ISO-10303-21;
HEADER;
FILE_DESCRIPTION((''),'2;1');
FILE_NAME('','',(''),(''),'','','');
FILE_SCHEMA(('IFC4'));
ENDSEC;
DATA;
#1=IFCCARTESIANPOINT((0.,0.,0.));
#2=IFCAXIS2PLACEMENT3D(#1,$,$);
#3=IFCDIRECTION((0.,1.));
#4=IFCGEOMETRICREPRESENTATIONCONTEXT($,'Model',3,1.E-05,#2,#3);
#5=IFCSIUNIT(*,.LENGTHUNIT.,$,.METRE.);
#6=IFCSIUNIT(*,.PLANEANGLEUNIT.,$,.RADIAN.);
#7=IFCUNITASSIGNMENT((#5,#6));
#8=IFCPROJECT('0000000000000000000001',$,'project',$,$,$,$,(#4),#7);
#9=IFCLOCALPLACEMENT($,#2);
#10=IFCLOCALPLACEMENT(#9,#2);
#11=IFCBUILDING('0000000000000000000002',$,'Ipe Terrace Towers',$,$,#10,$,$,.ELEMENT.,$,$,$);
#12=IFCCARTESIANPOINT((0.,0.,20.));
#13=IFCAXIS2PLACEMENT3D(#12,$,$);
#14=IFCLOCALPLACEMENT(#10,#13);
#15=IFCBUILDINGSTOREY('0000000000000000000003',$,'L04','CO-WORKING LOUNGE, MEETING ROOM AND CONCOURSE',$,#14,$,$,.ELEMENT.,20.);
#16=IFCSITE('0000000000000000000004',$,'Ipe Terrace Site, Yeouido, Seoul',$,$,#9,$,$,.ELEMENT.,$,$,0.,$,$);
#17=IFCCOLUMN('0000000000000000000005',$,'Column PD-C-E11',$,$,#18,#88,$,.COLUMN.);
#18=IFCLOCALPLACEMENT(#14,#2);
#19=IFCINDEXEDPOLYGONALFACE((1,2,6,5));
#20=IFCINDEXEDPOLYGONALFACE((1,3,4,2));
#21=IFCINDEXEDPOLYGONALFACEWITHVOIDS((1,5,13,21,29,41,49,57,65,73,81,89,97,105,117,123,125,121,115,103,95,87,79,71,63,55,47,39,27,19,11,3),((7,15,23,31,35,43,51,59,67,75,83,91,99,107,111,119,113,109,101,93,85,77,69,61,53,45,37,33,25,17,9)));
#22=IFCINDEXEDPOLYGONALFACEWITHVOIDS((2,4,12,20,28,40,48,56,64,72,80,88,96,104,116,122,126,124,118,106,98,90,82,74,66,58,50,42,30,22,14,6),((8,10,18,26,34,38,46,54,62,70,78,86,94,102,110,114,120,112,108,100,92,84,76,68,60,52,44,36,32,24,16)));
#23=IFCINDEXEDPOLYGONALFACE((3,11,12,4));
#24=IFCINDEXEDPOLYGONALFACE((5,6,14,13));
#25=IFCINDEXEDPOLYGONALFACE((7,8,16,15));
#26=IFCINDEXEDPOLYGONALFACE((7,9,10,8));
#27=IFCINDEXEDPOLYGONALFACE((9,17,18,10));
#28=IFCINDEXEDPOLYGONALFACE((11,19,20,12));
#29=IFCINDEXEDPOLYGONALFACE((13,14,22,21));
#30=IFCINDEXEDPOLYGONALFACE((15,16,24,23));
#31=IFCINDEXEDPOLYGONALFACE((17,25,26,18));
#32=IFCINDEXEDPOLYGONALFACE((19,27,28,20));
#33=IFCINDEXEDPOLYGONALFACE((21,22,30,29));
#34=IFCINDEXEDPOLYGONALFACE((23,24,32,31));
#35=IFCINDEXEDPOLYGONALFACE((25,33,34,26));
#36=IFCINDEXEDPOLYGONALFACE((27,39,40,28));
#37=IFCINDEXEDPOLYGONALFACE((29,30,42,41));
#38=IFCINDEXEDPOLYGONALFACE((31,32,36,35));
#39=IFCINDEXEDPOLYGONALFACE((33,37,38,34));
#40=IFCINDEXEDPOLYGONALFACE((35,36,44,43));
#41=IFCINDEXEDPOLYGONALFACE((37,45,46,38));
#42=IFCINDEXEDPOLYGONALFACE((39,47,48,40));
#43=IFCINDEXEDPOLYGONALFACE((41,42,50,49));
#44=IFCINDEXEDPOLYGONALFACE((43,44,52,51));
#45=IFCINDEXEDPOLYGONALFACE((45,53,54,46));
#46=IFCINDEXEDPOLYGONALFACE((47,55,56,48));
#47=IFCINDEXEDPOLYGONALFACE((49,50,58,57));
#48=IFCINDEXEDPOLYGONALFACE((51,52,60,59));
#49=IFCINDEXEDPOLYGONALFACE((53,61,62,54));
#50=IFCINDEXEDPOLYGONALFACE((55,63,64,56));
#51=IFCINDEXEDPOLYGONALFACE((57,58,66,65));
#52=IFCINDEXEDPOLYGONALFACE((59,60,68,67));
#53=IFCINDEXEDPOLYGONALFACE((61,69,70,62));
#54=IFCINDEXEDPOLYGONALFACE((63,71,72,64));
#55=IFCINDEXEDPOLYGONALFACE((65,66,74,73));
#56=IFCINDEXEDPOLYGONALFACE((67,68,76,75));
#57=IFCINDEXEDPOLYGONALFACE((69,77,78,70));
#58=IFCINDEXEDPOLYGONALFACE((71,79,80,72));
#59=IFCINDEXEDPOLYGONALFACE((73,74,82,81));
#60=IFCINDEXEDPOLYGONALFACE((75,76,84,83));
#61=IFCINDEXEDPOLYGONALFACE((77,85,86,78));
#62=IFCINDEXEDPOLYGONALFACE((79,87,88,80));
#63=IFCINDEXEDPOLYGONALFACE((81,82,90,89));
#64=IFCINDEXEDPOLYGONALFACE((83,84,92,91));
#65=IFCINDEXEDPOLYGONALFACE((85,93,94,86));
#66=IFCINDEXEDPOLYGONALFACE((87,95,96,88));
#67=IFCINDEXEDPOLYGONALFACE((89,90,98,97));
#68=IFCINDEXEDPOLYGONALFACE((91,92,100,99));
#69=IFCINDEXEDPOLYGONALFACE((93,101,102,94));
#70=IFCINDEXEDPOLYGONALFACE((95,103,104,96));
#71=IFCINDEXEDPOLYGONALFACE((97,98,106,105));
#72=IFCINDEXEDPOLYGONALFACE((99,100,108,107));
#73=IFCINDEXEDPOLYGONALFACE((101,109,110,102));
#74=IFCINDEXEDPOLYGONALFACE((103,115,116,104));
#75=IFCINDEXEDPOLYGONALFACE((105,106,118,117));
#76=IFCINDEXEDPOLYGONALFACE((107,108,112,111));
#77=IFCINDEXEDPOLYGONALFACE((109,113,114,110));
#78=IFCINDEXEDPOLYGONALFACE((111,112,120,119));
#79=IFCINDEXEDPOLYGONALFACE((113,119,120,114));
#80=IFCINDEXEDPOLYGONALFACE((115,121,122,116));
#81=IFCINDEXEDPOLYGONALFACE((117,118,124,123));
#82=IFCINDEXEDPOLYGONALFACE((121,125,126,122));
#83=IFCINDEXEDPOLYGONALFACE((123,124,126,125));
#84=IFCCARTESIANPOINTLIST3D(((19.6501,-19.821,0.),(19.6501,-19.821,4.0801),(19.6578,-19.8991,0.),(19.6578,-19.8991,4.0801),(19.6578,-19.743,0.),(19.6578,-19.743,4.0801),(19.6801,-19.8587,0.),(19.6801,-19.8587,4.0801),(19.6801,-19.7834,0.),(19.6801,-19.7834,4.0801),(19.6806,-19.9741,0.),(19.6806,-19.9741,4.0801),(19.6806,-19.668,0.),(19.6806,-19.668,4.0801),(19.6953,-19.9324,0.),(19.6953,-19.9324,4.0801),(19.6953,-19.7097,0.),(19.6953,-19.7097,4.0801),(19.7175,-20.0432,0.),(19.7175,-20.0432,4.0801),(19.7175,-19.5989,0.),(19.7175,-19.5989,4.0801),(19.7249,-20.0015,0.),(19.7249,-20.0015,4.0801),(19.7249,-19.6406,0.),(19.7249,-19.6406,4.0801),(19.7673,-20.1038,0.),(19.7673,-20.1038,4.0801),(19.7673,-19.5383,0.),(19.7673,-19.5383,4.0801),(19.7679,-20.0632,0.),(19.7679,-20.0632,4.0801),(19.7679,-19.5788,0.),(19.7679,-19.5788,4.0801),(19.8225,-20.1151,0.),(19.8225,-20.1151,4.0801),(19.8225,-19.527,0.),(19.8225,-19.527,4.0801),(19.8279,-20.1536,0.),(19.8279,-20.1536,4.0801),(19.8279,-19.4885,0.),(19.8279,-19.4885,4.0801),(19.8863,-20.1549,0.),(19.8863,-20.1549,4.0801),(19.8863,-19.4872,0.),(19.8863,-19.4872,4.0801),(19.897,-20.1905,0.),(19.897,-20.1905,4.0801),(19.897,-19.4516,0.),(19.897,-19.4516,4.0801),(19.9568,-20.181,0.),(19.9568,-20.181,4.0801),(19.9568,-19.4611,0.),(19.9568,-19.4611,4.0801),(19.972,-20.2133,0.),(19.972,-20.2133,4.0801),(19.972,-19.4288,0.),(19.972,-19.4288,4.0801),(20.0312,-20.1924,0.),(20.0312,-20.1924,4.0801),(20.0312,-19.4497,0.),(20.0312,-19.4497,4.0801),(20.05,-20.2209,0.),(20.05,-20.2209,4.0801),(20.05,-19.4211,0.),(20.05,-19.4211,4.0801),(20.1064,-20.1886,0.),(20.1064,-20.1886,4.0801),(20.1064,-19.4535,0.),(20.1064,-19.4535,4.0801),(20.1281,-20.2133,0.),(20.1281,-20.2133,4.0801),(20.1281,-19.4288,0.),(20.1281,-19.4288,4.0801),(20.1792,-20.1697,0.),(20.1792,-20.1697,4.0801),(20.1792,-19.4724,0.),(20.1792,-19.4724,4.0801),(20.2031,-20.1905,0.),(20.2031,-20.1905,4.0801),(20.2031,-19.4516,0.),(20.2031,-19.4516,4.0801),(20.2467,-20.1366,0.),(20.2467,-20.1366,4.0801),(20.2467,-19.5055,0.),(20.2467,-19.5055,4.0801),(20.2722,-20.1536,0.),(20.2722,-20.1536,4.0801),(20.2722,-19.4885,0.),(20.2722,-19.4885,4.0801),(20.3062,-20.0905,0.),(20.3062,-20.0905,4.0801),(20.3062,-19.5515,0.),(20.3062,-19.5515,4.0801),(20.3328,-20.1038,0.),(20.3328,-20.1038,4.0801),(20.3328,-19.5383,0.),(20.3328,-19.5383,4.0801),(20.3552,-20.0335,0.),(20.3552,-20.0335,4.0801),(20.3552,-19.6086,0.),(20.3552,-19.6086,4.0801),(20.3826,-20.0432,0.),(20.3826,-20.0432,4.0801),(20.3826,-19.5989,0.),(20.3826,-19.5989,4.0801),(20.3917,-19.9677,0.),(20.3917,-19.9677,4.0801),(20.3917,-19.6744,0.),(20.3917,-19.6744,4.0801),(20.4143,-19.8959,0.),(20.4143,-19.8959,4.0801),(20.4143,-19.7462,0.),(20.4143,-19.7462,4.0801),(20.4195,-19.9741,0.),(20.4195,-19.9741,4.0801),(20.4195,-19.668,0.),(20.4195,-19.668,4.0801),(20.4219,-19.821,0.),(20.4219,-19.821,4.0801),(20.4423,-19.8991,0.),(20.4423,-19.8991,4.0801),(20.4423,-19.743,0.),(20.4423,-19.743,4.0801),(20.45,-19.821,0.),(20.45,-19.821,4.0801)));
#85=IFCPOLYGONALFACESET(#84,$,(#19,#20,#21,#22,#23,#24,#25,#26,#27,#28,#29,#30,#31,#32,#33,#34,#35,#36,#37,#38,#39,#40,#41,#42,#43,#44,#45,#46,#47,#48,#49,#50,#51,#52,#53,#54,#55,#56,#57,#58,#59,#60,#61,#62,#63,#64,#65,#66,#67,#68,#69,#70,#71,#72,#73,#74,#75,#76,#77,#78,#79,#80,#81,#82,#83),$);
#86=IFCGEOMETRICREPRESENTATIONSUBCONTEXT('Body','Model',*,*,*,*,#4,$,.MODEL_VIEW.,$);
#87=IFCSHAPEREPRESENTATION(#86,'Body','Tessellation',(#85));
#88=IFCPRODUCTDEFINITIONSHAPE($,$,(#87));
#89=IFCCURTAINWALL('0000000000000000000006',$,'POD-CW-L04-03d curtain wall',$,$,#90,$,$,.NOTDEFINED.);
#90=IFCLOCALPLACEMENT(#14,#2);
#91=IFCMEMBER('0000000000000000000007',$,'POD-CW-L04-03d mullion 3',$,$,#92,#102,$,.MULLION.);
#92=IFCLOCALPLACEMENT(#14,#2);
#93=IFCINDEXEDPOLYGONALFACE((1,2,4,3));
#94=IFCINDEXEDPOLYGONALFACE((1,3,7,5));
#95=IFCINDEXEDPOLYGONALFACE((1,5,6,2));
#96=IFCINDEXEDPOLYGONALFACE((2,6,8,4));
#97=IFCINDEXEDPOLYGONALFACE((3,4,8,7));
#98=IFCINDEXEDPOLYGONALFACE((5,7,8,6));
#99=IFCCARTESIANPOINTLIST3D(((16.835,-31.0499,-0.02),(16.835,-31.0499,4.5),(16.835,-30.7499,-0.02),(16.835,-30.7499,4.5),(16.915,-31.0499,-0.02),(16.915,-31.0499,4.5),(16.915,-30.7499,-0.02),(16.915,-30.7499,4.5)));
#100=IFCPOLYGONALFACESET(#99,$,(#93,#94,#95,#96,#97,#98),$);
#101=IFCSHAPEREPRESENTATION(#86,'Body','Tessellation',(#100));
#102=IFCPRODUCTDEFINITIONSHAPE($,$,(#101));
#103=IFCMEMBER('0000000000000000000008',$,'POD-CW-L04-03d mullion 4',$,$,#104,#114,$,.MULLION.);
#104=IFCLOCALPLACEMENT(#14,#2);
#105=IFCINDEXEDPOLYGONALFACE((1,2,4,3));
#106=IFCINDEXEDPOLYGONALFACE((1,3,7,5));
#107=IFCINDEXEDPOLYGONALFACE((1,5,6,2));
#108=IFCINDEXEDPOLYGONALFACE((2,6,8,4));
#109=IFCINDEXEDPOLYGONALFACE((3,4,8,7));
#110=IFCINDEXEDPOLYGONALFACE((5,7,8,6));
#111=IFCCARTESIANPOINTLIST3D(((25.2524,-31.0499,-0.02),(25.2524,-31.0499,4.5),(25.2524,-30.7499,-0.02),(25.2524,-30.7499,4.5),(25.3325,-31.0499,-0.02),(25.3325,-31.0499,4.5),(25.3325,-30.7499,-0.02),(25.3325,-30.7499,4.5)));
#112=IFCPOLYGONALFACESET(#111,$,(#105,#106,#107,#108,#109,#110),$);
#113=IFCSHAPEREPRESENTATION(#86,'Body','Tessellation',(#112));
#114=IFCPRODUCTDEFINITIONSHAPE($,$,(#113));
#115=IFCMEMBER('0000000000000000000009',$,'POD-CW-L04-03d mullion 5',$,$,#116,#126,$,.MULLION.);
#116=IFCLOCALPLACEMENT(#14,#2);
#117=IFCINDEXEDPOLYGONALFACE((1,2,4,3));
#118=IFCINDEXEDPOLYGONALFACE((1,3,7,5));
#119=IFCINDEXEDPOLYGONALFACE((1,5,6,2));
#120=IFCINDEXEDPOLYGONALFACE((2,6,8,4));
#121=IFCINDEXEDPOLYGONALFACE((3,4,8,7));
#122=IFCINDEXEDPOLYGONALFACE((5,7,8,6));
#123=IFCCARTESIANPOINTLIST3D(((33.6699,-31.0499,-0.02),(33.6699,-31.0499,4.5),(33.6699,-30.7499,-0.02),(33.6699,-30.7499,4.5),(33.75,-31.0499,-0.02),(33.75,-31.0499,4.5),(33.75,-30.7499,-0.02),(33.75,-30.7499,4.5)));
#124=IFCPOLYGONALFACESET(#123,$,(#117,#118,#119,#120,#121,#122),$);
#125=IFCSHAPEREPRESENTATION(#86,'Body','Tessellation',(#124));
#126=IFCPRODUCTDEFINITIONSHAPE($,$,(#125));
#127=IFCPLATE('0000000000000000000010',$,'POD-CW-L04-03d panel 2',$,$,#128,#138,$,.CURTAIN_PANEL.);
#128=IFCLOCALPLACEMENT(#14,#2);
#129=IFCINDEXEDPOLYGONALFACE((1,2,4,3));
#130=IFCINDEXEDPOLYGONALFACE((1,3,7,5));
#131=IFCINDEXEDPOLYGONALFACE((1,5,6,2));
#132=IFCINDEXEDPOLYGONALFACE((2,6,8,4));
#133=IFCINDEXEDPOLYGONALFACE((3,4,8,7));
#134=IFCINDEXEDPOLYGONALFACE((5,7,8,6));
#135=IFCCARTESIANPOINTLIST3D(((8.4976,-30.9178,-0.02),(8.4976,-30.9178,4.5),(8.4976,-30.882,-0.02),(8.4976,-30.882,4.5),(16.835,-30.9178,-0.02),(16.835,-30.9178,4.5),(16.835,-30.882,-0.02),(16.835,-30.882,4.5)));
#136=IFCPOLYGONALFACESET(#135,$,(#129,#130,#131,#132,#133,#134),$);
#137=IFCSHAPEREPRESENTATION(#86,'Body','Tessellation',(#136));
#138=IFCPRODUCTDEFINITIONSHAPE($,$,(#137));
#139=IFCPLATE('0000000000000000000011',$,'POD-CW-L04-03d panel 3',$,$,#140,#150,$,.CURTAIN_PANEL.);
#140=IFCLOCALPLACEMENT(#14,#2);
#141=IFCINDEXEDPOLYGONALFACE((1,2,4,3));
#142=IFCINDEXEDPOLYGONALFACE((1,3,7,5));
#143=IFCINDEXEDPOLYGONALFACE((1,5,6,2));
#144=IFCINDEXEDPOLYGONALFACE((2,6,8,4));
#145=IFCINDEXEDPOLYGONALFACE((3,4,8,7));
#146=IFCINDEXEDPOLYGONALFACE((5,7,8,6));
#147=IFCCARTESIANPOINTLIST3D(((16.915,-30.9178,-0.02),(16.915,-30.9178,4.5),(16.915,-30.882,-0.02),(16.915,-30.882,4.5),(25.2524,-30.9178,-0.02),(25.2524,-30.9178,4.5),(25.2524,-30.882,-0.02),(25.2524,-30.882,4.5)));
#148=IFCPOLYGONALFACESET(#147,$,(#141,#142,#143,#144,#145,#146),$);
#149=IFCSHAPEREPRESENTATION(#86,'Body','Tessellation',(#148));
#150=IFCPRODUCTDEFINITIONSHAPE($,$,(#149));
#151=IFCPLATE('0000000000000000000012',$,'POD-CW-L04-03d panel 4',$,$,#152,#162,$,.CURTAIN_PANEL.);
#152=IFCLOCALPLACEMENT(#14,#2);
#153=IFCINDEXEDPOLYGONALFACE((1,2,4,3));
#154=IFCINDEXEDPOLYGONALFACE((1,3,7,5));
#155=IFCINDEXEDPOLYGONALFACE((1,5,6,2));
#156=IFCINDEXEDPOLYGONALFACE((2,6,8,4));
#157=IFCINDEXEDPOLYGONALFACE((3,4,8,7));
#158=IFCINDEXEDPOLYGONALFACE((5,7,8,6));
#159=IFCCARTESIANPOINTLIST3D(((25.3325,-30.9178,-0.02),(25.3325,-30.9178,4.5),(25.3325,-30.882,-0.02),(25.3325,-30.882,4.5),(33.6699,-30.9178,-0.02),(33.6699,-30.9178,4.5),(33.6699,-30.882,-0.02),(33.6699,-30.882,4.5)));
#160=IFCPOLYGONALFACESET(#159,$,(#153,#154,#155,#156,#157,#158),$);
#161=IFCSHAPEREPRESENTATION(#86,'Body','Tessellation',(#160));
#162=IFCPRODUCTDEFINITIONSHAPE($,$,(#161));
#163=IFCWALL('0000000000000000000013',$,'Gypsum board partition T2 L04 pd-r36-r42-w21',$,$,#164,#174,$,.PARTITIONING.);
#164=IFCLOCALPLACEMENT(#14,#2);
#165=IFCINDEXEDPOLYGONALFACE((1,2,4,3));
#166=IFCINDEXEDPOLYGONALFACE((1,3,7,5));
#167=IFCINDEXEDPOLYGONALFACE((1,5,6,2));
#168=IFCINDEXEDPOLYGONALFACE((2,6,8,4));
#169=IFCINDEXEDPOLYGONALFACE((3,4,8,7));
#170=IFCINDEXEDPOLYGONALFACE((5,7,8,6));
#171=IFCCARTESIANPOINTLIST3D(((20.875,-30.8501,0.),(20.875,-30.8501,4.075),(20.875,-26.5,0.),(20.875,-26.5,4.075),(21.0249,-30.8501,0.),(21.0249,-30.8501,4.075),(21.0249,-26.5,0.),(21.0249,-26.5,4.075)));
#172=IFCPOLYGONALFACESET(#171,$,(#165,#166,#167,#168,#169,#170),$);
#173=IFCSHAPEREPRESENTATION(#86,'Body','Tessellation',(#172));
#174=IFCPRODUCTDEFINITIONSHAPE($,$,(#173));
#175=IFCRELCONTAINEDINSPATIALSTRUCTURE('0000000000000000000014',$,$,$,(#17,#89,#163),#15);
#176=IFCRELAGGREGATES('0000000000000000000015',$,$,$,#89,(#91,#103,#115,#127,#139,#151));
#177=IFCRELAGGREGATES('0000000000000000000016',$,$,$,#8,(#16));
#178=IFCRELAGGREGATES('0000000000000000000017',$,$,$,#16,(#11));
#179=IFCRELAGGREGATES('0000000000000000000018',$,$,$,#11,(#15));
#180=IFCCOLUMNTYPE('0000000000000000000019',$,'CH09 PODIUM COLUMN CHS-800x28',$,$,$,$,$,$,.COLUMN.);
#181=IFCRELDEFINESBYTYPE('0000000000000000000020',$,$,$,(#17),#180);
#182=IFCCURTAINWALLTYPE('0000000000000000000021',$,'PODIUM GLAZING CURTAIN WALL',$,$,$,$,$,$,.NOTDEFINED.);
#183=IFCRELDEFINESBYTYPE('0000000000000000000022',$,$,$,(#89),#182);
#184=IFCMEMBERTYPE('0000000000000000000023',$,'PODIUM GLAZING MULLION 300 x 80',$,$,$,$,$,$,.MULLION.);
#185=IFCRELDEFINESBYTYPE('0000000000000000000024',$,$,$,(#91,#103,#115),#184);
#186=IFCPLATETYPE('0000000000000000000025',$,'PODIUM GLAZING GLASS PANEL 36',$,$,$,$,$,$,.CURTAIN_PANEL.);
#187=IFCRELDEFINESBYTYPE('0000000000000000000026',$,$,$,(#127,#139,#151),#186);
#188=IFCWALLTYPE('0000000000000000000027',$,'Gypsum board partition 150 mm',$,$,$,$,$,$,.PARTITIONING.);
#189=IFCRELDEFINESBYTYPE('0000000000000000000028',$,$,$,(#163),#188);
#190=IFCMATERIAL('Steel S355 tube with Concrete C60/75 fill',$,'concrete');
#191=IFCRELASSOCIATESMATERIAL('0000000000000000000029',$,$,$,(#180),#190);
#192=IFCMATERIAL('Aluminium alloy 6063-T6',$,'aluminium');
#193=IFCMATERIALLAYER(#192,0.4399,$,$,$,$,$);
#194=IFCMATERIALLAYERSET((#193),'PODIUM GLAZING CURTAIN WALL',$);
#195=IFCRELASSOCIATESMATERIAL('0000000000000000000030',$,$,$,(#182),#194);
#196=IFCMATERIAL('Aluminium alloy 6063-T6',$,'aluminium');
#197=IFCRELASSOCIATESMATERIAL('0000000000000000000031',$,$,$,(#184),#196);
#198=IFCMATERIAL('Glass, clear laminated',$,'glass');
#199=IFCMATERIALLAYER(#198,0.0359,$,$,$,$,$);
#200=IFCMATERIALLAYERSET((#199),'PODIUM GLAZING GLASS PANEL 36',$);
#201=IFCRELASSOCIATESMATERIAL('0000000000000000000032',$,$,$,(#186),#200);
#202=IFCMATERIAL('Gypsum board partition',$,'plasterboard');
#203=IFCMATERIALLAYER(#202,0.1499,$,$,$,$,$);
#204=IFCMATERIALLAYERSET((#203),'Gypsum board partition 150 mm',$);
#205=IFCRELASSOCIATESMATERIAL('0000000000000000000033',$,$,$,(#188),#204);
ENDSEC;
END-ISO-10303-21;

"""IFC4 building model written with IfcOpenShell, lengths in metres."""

from ifc_helpers import new_model, si_unit, direction, frame, frame_2d, origin, origin_2d, place, context, subcontext, project, spatial, rectangle, hollow_circle, extrude, material, layer, layer_set, material_profile, profile_set, type_object, element, aggregate, save


model = new_model("IFC4")

# Units and contexts
model_context = context("Model", 3, precision=1e-05, world=origin(), true_north=direction((0.0, 1.0)))
body_context = subcontext(model_context, "Body", "Model", "MODEL_VIEW")
ifc_project = project(units=[si_unit("LENGTHUNIT", "METRE"), si_unit("PLANEANGLEUNIT", "RADIAN")], contexts=[model_context])

# Site, building, storey
site_placement = place(None, origin())
site = spatial("IfcSite", under=ifc_project, at=site_placement, Name="Ipe Terrace Site, Yeouido, Seoul", CompositionType="ELEMENT", RefElevation=0.0)
building_placement = place(site_placement, origin())
building = spatial("IfcBuilding", under=site, at=building_placement, Name="Ipe Terrace Towers", CompositionType="ELEMENT")
storey_placement = place(building_placement, frame((0.0, 0.0, 20.0)))
storey = spatial("IfcBuildingStorey", under=building, at=storey_placement, Name="L04", Description="CO-WORKING LOUNGE, MEETING ROOM AND CONCOURSE", CompositionType="ELEMENT", Elevation=20.0)

# Column
ifc_material_1 = material(Name="Steel S355 tube with Concrete C60/75 fill", Category="concrete")
ifc_material_profile_1 = material_profile(ifc_material_1, hollow_circle(Radius=0.3999, WallThickness=0.0281, at=origin_2d()), Name="CHS-800x28")
ifc_profile_set_1 = profile_set([ifc_material_profile_1], Name="Steel S355 tube with Concrete C60/75 fill")
column_type_1 = type_object("IfcColumnType", Name="CH09 PODIUM COLUMN CHS-800x28", PredefinedType="COLUMN", material=ifc_profile_set_1)
for number, where, z_axis, x_axis, name in (
    (1, (20.05, -19.821, 0.0), (0.0, 0.0, 1.0), (1.0, 0.0, 0.0), "Column PD-C-E11"),
):
    element("IfcColumn", number, at=place(storey_placement, frame(where, z_axis=z_axis, x_axis=x_axis)), inside=storey, type_object=column_type_1, Name=name, PredefinedType="COLUMN", context=body_context, shape_type="SweptSolid", body=[
        extrude(hollow_circle(Radius=0.3999, WallThickness=0.0281, at=origin_2d()), origin(), (0.0, 0.0, 1.0), 4.0801),
    ])

# Curtain wall, members, plates
ifc_material_2 = material(Name="Aluminium alloy 6063-T6", Category="aluminium")
ifc_layer_1 = layer(ifc_material_2, 0.4399)
ifc_layer_set_1 = layer_set([ifc_layer_1], Name="PODIUM GLAZING CURTAIN WALL")
curtain_wall_type = type_object("IfcCurtainWallType", Name="PODIUM GLAZING CURTAIN WALL", PredefinedType="NOTDEFINED", material=ifc_layer_set_1)
curtain_wall_placement = place(storey_placement, origin())
curtain_wall = element("IfcCurtainWall", 2, at=curtain_wall_placement, inside=storey, type_object=curtain_wall_type, Name="POD-CW-L04-03d curtain wall", PredefinedType="NOTDEFINED")
ifc_material_3 = material(Name="Aluminium alloy 6063-T6", Category="aluminium")
ifc_material_profile_2 = material_profile(ifc_material_3, rectangle(XDim=0.3, YDim=0.0801, at=origin_2d()), Name="PODIUM GLAZING MULLION 300 x 80")
ifc_profile_set_2 = profile_set([ifc_material_profile_2], Name="Aluminium alloy 6063-T6")
member_type = type_object("IfcMemberType", Name="PODIUM GLAZING MULLION 300 x 80", PredefinedType="MULLION", material=ifc_profile_set_2)
member_1_placement = place(storey_placement, frame((16.875, -30.8999, -0.02), z_axis=(0.0, 0.0, 1.0), x_axis=(0.0, -1.0, 0.0)))
member_1 = element("IfcMember", 3, at=member_1_placement, type_object=member_type, Name="POD-CW-L04-03d mullion 3", PredefinedType="MULLION", context=body_context, shape_type="SweptSolid", body=[
    extrude(rectangle(XDim=0.3, YDim=0.0801, at=origin_2d()), origin(), (0.0, 0.0, 1.0), 4.52),
])
member_2_placement = place(storey_placement, frame((25.2925, -30.8999, -0.02), z_axis=(0.0, 0.0, 1.0), x_axis=(0.0, -1.0, 0.0)))
member_2 = element("IfcMember", 4, at=member_2_placement, type_object=member_type, Name="POD-CW-L04-03d mullion 4", PredefinedType="MULLION", context=body_context, shape_type="SweptSolid", body=[
    extrude(rectangle(XDim=0.3, YDim=0.0801, at=origin_2d()), origin(), (0.0, 0.0, 1.0), 4.52),
])
member_3_placement = place(storey_placement, frame((33.71, -30.8999, -0.02), z_axis=(0.0, 0.0, 1.0), x_axis=(0.0, -1.0, 0.0)))
member_3 = element("IfcMember", 5, at=member_3_placement, type_object=member_type, Name="POD-CW-L04-03d mullion 5", PredefinedType="MULLION", context=body_context, shape_type="SweptSolid", body=[
    extrude(rectangle(XDim=0.3, YDim=0.0801, at=origin_2d()), origin(), (0.0, 0.0, 1.0), 4.52),
])
ifc_material_4 = material(Name="Glass, clear laminated", Category="glass")
ifc_layer_2 = layer(ifc_material_4, 0.0359)
ifc_layer_set_2 = layer_set([ifc_layer_2], Name="PODIUM GLAZING GLASS PANEL 36")
plate_type = type_object("IfcPlateType", Name="PODIUM GLAZING GLASS PANEL 36", PredefinedType="CURTAIN_PANEL", material=ifc_layer_set_2)
plate_1_placement = place(storey_placement, frame((12.6663, -30.8999, -0.02), z_axis=(0.0, 0.0, 1.0), x_axis=(1.0, 0.0, 0.0)))
plate_1 = element("IfcPlate", 6, at=plate_1_placement, type_object=plate_type, Name="POD-CW-L04-03d panel 2", PredefinedType="CURTAIN_PANEL", context=body_context, shape_type="SweptSolid", body=[
    extrude(rectangle(XDim=8.3374, YDim=0.0359, at=origin_2d()), origin(), (0.0, 0.0, 1.0), 4.52),
])
plate_2_placement = place(storey_placement, frame((21.0837, -30.8999, -0.02), z_axis=(0.0, 0.0, 1.0), x_axis=(1.0, 0.0, 0.0)))
plate_2 = element("IfcPlate", 7, at=plate_2_placement, type_object=plate_type, Name="POD-CW-L04-03d panel 3", PredefinedType="CURTAIN_PANEL", context=body_context, shape_type="SweptSolid", body=[
    extrude(rectangle(XDim=8.3374, YDim=0.0359, at=origin_2d()), origin(), (0.0, 0.0, 1.0), 4.52),
])
plate_3_placement = place(storey_placement, frame((29.5012, -30.8999, -0.02), z_axis=(0.0, 0.0, 1.0), x_axis=(1.0, 0.0, 0.0)))
plate_3 = element("IfcPlate", 8, at=plate_3_placement, type_object=plate_type, Name="POD-CW-L04-03d panel 4", PredefinedType="CURTAIN_PANEL", context=body_context, shape_type="SweptSolid", body=[
    extrude(rectangle(XDim=8.3374, YDim=0.0359, at=origin_2d()), origin(), (0.0, 0.0, 1.0), 4.52),
])
aggregate(curtain_wall, [member_1, member_2, member_3, plate_1, plate_2, plate_3])

# Wall
ifc_material_5 = material(Name="Gypsum board partition", Category="plasterboard")
ifc_layer_3 = layer(ifc_material_5, 0.1499)
ifc_layer_set_3 = layer_set([ifc_layer_3], Name="Gypsum board partition 150 mm")
wall_type_1 = type_object("IfcWallType", Name="Gypsum board partition 150 mm", PredefinedType="PARTITIONING", material=ifc_layer_set_3)
wall_1_placement = place(storey_placement, frame((20.95, -26.5, 0.0), z_axis=(0.0, 0.0, 1.0), x_axis=(0.0, -1.0, 0.0)))
element("IfcWall", 9, at=wall_1_placement, inside=storey, type_object=wall_type_1, Name="Gypsum board partition T2 L04 pd-r36-r42-w21", PredefinedType="PARTITIONING", context=body_context, shape_type="SweptSolid", body=[
    extrude(rectangle(XDim=4.3501, YDim=0.1499, at=frame_2d((2.175, 0.0))), origin(), (0.0, 0.0, 1.0), 4.075),
])

save(model, "model.ifc")
